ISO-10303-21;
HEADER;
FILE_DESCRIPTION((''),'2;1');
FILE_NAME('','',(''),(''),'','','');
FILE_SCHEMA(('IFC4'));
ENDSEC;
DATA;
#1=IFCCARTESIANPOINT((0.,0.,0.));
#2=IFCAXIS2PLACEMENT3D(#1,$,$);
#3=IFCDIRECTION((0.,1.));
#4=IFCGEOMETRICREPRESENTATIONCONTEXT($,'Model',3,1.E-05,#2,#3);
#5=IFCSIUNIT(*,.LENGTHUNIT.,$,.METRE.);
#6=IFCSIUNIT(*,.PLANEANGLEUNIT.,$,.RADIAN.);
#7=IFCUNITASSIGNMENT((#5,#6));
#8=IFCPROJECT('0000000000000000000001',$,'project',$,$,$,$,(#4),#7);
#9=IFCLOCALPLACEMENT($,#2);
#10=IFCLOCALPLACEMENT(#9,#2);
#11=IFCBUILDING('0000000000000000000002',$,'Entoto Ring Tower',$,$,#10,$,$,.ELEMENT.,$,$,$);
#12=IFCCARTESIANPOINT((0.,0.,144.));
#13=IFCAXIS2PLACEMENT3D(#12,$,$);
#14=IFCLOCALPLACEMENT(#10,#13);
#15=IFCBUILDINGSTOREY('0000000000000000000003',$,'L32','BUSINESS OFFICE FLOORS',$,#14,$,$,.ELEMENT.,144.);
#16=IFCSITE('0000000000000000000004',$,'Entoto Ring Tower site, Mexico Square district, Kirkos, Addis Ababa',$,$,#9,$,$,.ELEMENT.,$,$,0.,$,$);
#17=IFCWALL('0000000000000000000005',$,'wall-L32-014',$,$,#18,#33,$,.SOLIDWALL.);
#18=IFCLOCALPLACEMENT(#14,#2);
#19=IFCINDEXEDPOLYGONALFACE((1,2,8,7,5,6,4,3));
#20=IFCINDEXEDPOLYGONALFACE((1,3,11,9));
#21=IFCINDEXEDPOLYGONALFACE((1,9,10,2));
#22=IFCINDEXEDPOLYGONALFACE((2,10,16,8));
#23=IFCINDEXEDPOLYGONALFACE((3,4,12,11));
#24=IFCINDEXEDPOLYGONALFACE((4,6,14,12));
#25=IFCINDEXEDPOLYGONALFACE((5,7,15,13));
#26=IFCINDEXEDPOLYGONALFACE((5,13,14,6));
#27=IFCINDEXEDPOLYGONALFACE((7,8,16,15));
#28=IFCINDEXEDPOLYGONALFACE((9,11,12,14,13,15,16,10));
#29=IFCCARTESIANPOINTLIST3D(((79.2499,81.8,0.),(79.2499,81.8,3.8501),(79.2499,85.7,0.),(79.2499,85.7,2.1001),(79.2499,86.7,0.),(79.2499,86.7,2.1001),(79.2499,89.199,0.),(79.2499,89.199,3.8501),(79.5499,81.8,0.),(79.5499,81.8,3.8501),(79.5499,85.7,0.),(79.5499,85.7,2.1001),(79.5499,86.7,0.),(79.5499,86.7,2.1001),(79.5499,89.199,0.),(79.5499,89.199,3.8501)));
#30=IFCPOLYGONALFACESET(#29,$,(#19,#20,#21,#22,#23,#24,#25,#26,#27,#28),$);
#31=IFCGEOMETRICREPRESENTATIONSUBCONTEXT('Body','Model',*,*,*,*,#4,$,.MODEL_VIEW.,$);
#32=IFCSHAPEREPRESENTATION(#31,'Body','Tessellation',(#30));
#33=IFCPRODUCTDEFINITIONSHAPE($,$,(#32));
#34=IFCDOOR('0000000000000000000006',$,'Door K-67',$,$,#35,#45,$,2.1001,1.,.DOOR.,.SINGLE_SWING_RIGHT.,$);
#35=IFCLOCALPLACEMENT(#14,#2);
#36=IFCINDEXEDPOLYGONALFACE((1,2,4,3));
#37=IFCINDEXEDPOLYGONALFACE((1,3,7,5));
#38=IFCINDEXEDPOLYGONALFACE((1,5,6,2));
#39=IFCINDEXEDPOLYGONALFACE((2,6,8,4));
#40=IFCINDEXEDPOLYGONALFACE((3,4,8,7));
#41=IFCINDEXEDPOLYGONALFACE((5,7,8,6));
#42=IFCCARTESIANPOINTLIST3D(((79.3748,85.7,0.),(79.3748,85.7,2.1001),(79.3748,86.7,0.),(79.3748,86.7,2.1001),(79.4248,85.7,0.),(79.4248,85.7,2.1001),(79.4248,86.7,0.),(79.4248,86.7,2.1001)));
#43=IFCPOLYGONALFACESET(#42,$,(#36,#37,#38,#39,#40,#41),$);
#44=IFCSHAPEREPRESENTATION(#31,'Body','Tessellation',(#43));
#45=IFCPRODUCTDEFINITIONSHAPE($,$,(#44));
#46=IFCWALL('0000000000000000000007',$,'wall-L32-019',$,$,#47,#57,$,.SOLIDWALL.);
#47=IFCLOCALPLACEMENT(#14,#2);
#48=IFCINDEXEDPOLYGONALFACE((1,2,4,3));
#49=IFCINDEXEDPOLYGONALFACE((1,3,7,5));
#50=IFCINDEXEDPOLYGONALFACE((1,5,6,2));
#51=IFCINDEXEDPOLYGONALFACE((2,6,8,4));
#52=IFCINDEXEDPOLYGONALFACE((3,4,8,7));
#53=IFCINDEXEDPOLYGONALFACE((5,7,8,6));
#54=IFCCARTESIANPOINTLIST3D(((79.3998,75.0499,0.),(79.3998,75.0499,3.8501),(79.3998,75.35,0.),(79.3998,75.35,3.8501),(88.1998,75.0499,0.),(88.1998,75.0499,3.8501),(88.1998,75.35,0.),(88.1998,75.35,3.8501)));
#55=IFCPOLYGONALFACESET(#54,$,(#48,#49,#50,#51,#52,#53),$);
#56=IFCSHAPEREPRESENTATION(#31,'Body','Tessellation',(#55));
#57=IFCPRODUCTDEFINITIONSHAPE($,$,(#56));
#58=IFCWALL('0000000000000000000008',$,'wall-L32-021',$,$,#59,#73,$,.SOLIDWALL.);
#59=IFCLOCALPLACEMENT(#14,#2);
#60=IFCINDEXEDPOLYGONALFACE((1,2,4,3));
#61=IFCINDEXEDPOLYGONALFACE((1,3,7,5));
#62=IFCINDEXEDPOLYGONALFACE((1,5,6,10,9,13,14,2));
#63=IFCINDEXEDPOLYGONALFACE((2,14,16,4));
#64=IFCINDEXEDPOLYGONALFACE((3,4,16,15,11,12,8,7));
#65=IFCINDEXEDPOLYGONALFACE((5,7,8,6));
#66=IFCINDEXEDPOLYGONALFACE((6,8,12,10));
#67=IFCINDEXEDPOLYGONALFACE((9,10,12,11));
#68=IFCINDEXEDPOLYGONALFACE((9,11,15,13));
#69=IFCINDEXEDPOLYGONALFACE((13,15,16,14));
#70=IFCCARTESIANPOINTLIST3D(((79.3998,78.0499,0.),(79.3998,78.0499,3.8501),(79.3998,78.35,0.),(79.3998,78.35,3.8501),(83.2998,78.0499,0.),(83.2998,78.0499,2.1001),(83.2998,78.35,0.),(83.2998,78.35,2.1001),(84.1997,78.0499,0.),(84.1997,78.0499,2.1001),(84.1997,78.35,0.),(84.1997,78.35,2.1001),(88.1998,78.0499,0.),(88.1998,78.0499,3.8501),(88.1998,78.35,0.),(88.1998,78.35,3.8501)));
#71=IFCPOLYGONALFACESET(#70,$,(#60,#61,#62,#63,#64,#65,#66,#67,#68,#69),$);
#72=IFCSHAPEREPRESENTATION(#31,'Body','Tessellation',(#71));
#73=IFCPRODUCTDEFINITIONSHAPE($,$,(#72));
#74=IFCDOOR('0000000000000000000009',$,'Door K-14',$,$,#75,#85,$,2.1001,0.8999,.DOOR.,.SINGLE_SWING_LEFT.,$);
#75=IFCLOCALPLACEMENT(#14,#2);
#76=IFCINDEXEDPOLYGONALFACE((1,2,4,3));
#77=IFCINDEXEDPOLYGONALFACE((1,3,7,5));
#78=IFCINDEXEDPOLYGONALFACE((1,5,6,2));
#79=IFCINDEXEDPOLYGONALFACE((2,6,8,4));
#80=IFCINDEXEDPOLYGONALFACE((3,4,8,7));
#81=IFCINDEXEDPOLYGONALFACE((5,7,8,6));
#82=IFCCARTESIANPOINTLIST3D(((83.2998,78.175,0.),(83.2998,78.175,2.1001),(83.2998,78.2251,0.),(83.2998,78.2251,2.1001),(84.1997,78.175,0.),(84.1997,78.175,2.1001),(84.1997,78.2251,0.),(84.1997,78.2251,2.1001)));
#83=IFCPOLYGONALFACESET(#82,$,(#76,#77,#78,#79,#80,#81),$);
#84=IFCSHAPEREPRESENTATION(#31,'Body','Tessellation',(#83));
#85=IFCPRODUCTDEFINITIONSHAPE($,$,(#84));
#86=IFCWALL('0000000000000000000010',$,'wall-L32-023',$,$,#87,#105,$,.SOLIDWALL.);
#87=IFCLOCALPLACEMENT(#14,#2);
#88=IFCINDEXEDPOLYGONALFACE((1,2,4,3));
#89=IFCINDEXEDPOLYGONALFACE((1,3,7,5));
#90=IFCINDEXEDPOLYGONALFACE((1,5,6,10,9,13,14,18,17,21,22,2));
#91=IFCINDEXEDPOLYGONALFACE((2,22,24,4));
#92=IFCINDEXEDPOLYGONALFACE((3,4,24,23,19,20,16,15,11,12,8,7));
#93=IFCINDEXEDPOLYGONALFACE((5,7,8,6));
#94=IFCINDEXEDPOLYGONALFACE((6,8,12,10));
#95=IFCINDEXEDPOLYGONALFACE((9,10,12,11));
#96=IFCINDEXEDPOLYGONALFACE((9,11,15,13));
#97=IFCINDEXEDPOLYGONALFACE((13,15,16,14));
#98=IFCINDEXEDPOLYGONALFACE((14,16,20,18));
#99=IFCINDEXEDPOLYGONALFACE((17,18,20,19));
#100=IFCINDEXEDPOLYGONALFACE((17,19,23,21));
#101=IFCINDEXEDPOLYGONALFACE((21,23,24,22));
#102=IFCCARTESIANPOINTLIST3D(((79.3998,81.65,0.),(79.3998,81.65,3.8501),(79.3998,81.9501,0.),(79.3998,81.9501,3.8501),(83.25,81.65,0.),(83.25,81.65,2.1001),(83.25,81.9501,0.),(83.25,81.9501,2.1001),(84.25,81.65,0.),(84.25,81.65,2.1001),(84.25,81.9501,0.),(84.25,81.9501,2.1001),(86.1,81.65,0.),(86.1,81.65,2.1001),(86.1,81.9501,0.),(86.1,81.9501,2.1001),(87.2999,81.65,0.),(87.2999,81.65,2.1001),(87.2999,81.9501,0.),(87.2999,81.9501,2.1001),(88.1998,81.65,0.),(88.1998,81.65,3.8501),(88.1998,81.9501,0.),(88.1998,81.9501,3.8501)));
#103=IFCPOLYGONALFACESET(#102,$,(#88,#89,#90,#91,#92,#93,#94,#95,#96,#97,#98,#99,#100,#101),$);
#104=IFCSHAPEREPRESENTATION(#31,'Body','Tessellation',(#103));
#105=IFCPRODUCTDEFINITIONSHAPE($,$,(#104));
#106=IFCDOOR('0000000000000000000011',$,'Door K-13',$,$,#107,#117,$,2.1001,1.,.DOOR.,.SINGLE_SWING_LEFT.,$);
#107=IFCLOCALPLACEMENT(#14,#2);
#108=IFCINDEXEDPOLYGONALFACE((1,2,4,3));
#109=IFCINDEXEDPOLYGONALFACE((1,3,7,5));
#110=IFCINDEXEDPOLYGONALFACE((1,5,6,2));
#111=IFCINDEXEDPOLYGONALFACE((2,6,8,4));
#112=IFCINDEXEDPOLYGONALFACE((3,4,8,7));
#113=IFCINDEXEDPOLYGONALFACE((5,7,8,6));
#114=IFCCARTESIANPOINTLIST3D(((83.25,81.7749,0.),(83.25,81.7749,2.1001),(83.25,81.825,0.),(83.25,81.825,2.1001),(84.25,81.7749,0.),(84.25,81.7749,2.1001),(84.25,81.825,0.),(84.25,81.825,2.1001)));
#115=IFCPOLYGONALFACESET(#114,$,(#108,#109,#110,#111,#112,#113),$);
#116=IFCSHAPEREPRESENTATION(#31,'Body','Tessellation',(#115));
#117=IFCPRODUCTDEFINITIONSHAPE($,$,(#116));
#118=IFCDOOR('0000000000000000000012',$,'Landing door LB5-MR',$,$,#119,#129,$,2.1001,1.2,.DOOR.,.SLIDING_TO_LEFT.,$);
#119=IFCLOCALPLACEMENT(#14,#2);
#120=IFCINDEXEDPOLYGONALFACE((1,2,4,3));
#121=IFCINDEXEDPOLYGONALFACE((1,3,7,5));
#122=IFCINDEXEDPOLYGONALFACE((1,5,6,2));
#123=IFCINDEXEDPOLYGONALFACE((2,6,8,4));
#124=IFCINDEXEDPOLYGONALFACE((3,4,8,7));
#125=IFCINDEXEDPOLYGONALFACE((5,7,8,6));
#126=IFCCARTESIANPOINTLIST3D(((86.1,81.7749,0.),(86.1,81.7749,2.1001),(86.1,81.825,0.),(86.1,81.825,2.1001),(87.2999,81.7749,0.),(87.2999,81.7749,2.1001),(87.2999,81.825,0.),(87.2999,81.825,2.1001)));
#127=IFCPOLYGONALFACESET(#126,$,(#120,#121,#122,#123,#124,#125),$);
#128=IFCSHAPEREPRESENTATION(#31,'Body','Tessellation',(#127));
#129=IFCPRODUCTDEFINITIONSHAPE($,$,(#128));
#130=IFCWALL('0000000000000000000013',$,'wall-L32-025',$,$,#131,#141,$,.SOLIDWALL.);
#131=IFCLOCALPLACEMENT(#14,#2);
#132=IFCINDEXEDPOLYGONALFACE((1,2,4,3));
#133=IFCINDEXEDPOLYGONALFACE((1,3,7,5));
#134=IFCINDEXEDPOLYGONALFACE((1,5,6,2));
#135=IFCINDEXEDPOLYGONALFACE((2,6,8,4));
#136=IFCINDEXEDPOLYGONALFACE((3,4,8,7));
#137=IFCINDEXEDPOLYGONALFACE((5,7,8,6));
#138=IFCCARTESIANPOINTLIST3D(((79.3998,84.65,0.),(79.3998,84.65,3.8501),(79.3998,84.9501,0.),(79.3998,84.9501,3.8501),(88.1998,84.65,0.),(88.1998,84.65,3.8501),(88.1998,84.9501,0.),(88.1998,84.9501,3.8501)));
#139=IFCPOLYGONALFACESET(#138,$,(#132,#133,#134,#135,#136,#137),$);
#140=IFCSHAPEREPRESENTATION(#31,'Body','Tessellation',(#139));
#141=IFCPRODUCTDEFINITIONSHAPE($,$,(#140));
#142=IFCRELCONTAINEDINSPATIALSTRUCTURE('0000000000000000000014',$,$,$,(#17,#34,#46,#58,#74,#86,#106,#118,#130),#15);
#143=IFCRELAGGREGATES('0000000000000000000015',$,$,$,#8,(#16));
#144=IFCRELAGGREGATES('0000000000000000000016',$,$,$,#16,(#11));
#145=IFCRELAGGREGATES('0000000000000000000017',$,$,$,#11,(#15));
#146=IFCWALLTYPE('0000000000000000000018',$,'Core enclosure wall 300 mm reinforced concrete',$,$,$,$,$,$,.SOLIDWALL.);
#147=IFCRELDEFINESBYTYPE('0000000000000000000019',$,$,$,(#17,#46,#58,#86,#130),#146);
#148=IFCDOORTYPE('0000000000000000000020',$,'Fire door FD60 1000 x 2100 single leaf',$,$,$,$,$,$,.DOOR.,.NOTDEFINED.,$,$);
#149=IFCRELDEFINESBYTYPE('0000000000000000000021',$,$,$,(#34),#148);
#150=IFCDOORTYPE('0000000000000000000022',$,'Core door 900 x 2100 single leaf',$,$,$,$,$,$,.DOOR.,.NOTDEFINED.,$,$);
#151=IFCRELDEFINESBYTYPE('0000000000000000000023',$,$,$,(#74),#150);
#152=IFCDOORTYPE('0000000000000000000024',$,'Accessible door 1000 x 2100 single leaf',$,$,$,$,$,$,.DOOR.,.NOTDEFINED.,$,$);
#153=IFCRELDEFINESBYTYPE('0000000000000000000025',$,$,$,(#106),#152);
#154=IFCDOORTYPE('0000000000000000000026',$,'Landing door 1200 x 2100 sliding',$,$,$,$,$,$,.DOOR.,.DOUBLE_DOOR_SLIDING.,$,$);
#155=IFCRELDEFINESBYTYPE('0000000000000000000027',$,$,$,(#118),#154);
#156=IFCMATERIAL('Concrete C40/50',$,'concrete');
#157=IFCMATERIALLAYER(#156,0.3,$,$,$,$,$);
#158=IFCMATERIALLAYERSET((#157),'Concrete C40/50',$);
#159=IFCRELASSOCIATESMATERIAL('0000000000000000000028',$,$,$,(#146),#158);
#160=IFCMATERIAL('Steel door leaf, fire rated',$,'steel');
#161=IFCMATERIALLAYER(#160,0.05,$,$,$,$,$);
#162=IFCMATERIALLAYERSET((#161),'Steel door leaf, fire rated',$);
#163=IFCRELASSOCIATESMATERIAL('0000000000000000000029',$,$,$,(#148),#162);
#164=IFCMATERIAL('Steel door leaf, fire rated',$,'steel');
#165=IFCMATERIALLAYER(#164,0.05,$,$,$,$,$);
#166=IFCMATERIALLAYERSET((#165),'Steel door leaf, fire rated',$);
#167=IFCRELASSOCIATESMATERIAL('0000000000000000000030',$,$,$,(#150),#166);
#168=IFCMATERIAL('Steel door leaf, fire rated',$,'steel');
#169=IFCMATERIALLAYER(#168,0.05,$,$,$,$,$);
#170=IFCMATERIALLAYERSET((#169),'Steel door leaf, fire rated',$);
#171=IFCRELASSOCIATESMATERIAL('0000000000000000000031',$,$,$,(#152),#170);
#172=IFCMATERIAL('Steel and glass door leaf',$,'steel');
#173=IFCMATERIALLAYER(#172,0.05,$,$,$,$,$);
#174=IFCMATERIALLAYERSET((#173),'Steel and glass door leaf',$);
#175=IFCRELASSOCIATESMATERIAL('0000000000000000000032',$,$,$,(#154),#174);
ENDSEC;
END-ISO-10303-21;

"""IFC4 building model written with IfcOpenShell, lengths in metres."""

from ifc_helpers import new_model, si_unit, direction, frame, frame_2d, origin, place, context, subcontext, project, spatial, rectangle, extrude, material, layer, layer_set, type_object, element, fill, save


model = new_model("IFC4")

# Units and contexts
model_context = context("Model", 3, precision=1e-05, world=origin(), true_north=direction((0.0, 1.0)))
body_context = subcontext(model_context, "Body", "Model", "MODEL_VIEW")
ifc_project = project(units=[si_unit("LENGTHUNIT", "METRE"), si_unit("PLANEANGLEUNIT", "RADIAN")], contexts=[model_context])

# Site, building, storey
site_placement = place(None, origin())
site = spatial("IfcSite", under=ifc_project, at=site_placement, Name="Entoto Ring Tower site, Mexico Square district, Kirkos, Addis Ababa", CompositionType="ELEMENT", RefElevation=0.0)
building_placement = place(site_placement, origin())
building = spatial("IfcBuilding", under=site, at=building_placement, Name="Entoto Ring Tower", CompositionType="ELEMENT")
storey_placement = place(building_placement, frame((0.0, 0.0, 144.0)))
storey = spatial("IfcBuildingStorey", under=building, at=storey_placement, Name="L32", Description="BUSINESS OFFICE FLOORS", CompositionType="ELEMENT", Elevation=144.0)

# Shared definitions
ifc_material_1 = material(Name="Concrete C40/50", Category="concrete")
ifc_layer_1 = layer(ifc_material_1, 0.3)
ifc_layer_set_1 = layer_set([ifc_layer_1], Name="Concrete C40/50")
wall_type_1 = type_object("IfcWallType", Name="Core enclosure wall 300 mm reinforced concrete", PredefinedType="SOLIDWALL", material=ifc_layer_set_1)

# Wall, opening, door
wall_1_placement = place(storey_placement, frame((79.3999, 81.8, 0.0), z_axis=(0.0, 0.0, 1.0), x_axis=(0.0, 1.0, 0.0)))
wall_1 = element("IfcWall", 1, at=wall_1_placement, inside=storey, type_object=wall_type_1, Name="wall-L32-014", PredefinedType="SOLIDWALL", context=body_context, shape_type="SweptSolid", body=[
    extrude(rectangle(XDim=7.3989, YDim=0.3, at=frame_2d((3.6995, 0.0))), origin(), (0.0, 0.0, 1.0), 3.8501),
])
opening_1_placement = place(wall_1_placement, frame((3.8999, 0.0, 0.0)))
opening_1 = element("IfcOpeningElement", 2, at=opening_1_placement, cuts=wall_1, PredefinedType="OPENING", context=body_context, shape_type="SweptSolid", body=[
    extrude(rectangle(XDim=1.0, YDim=2.1001, at=frame_2d((0.5, 1.05))), frame((0.0, 0.1602, 0.0), z_axis=(0.0, -1.0, 0.0), x_axis=(1.0, 0.0, 0.0)), (0.0, 0.0, 1.0), 0.3201),
])
ifc_material_2 = material(Name="Steel door leaf, fire rated", Category="steel")
ifc_layer_2 = layer(ifc_material_2, 0.05)
ifc_layer_set_2 = layer_set([ifc_layer_2], Name="Steel door leaf, fire rated")
door_type_1 = type_object("IfcDoorType", Name="Fire door FD60 1000 x 2100 single leaf", OperationType="NOTDEFINED", PredefinedType="DOOR", material=ifc_layer_set_2)
door_1_placement = place(opening_1_placement, frame((1.0, 0.0, 0.0), z_axis=(0.0, 0.0, 1.0), x_axis=(-1.0, 0.0, 0.0)))
door_1 = element("IfcDoor", 3, at=door_1_placement, inside=storey, type_object=door_type_1, Name="Door K-67", OperationType="SINGLE_SWING_RIGHT", OverallHeight=2.1001, OverallWidth=1.0, PredefinedType="DOOR", context=body_context, shape_type="SweptSolid", body=[
    extrude(rectangle(XDim=1.0, YDim=2.1001, at=frame_2d((0.5, 1.05))), frame((0.0, 0.0249, 0.0), z_axis=(0.0, -1.0, 0.0), x_axis=(1.0, 0.0, 0.0)), (0.0, 0.0, 1.0), 0.05),
])
fill(opening_1, door_1)

# Wall
wall_2_placement = place(storey_placement, frame((79.3999, 75.2, 0.0), z_axis=(0.0, 0.0, 1.0), x_axis=(1.0, 0.0, 0.0)))
element("IfcWall", 4, at=wall_2_placement, inside=storey, type_object=wall_type_1, Name="wall-L32-019", PredefinedType="SOLIDWALL", context=body_context, shape_type="SweptSolid", body=[
    extrude(rectangle(XDim=8.8, YDim=0.3, at=frame_2d((4.3999, 0.0))), origin(), (0.0, 0.0, 1.0), 3.8501),
])

# Wall, opening, door
wall_3_placement = place(storey_placement, frame((79.3999, 78.2, 0.0), z_axis=(0.0, 0.0, 1.0), x_axis=(1.0, 0.0, 0.0)))
wall_3 = element("IfcWall", 5, at=wall_3_placement, inside=storey, type_object=wall_type_1, Name="wall-L32-021", PredefinedType="SOLIDWALL", context=body_context, shape_type="SweptSolid", body=[
    extrude(rectangle(XDim=8.8, YDim=0.3, at=frame_2d((4.3999, 0.0))), origin(), (0.0, 0.0, 1.0), 3.8501),
])
opening_2_placement = place(wall_3_placement, frame((3.8999, 0.0, 0.0)))
opening_2 = element("IfcOpeningElement", 6, at=opening_2_placement, cuts=wall_3, PredefinedType="OPENING", context=body_context, shape_type="SweptSolid", body=[
    extrude(rectangle(XDim=0.8999, YDim=2.1001, at=frame_2d((0.45, 1.05))), frame((0.0, 0.1602, 0.0), z_axis=(0.0, -1.0, 0.0), x_axis=(1.0, 0.0, 0.0)), (0.0, 0.0, 1.0), 0.3201),
])
ifc_material_3 = material(Name="Steel door leaf, fire rated", Category="steel")
ifc_layer_3 = layer(ifc_material_3, 0.05)
ifc_layer_set_3 = layer_set([ifc_layer_3], Name="Steel door leaf, fire rated")
door_type_2 = type_object("IfcDoorType", Name="Core door 900 x 2100 single leaf", OperationType="NOTDEFINED", PredefinedType="DOOR", material=ifc_layer_set_3)
door_2_placement = place(opening_2_placement, frame((0.8999, 0.0, 0.0), z_axis=(0.0, 0.0, 1.0), x_axis=(-1.0, 0.0, 0.0)))
door_2 = element("IfcDoor", 7, at=door_2_placement, inside=storey, type_object=door_type_2, Name="Door K-14", OperationType="SINGLE_SWING_LEFT", OverallHeight=2.1001, OverallWidth=0.8999, PredefinedType="DOOR", context=body_context, shape_type="SweptSolid", body=[
    extrude(rectangle(XDim=0.8999, YDim=2.1001, at=frame_2d((0.45, 1.05))), frame((0.0, 0.0249, 0.0), z_axis=(0.0, -1.0, 0.0), x_axis=(1.0, 0.0, 0.0)), (0.0, 0.0, 1.0), 0.05),
])
fill(opening_2, door_2)

# Wall, openings, doors
wall_4_placement = place(storey_placement, frame((79.3999, 81.8, 0.0), z_axis=(0.0, 0.0, 1.0), x_axis=(1.0, 0.0, 0.0)))
wall_4 = element("IfcWall", 8, at=wall_4_placement, inside=storey, type_object=wall_type_1, Name="wall-L32-023", PredefinedType="SOLIDWALL", context=body_context, shape_type="SweptSolid", body=[
    extrude(rectangle(XDim=8.8, YDim=0.3, at=frame_2d((4.3999, 0.0))), origin(), (0.0, 0.0, 1.0), 3.8501),
])
opening_3_placement = place(wall_4_placement, frame((6.7, 0.0, 0.0)))
opening_3 = element("IfcOpeningElement", 9, at=opening_3_placement, cuts=wall_4, PredefinedType="OPENING", context=body_context, shape_type="SweptSolid", body=[
    extrude(rectangle(XDim=1.2, YDim=2.1001, at=frame_2d((0.6001, 1.05))), frame((0.0, 0.1602, 0.0), z_axis=(0.0, -1.0, 0.0), x_axis=(1.0, 0.0, 0.0)), (0.0, 0.0, 1.0), 0.3201),
])
opening_4_placement = place(wall_4_placement, frame((3.8501, 0.0, 0.0)))
opening_4 = element("IfcOpeningElement", 10, at=opening_4_placement, cuts=wall_4, PredefinedType="OPENING", context=body_context, shape_type="SweptSolid", body=[
    extrude(rectangle(XDim=1.0, YDim=2.1001, at=frame_2d((0.5, 1.05))), frame((0.0, 0.1602, 0.0), z_axis=(0.0, -1.0, 0.0), x_axis=(1.0, 0.0, 0.0)), (0.0, 0.0, 1.0), 0.3201),
])
ifc_material_4 = material(Name="Steel door leaf, fire rated", Category="steel")
ifc_layer_4 = layer(ifc_material_4, 0.05)
ifc_layer_set_4 = layer_set([ifc_layer_4], Name="Steel door leaf, fire rated")
door_type_3 = type_object("IfcDoorType", Name="Accessible door 1000 x 2100 single leaf", OperationType="NOTDEFINED", PredefinedType="DOOR", material=ifc_layer_set_4)
door_3_placement = place(opening_4_placement, origin())
door_3 = element("IfcDoor", 11, at=door_3_placement, inside=storey, type_object=door_type_3, Name="Door K-13", OperationType="SINGLE_SWING_LEFT", OverallHeight=2.1001, OverallWidth=1.0, PredefinedType="DOOR", context=body_context, shape_type="SweptSolid", body=[
    extrude(rectangle(XDim=1.0, YDim=2.1001, at=frame_2d((0.5, 1.05))), frame((0.0, 0.0249, 0.0), z_axis=(0.0, -1.0, 0.0), x_axis=(1.0, 0.0, 0.0)), (0.0, 0.0, 1.0), 0.05),
])
fill(opening_4, door_3)
ifc_material_5 = material(Name="Steel and glass door leaf", Category="steel")
ifc_layer_5 = layer(ifc_material_5, 0.05)
ifc_layer_set_5 = layer_set([ifc_layer_5], Name="Steel and glass door leaf")
door_type_4 = type_object("IfcDoorType", Name="Landing door 1200 x 2100 sliding", OperationType="DOUBLE_DOOR_SLIDING", PredefinedType="DOOR", material=ifc_layer_set_5)
door_4_placement = place(opening_3_placement, origin())
door_4 = element("IfcDoor", 12, at=door_4_placement, inside=storey, type_object=door_type_4, Name="Landing door LB5-MR", OperationType="SLIDING_TO_LEFT", OverallHeight=2.1001, OverallWidth=1.2, PredefinedType="DOOR", context=body_context, shape_type="SweptSolid", body=[
    extrude(rectangle(XDim=1.2, YDim=2.1001, at=frame_2d((0.6001, 1.05))), frame((0.0, 0.0249, 0.0), z_axis=(0.0, -1.0, 0.0), x_axis=(1.0, 0.0, 0.0)), (0.0, 0.0, 1.0), 0.05),
])
fill(opening_3, door_4)

# Wall
wall_5_placement = place(storey_placement, frame((79.3999, 84.8, 0.0), z_axis=(0.0, 0.0, 1.0), x_axis=(1.0, 0.0, 0.0)))
element("IfcWall", 13, at=wall_5_placement, inside=storey, type_object=wall_type_1, Name="wall-L32-025", PredefinedType="SOLIDWALL", context=body_context, shape_type="SweptSolid", body=[
    extrude(rectangle(XDim=8.8, YDim=0.3, at=frame_2d((4.3999, 0.0))), origin(), (0.0, 0.0, 1.0), 3.8501),
])

save(model, "model.ifc")
